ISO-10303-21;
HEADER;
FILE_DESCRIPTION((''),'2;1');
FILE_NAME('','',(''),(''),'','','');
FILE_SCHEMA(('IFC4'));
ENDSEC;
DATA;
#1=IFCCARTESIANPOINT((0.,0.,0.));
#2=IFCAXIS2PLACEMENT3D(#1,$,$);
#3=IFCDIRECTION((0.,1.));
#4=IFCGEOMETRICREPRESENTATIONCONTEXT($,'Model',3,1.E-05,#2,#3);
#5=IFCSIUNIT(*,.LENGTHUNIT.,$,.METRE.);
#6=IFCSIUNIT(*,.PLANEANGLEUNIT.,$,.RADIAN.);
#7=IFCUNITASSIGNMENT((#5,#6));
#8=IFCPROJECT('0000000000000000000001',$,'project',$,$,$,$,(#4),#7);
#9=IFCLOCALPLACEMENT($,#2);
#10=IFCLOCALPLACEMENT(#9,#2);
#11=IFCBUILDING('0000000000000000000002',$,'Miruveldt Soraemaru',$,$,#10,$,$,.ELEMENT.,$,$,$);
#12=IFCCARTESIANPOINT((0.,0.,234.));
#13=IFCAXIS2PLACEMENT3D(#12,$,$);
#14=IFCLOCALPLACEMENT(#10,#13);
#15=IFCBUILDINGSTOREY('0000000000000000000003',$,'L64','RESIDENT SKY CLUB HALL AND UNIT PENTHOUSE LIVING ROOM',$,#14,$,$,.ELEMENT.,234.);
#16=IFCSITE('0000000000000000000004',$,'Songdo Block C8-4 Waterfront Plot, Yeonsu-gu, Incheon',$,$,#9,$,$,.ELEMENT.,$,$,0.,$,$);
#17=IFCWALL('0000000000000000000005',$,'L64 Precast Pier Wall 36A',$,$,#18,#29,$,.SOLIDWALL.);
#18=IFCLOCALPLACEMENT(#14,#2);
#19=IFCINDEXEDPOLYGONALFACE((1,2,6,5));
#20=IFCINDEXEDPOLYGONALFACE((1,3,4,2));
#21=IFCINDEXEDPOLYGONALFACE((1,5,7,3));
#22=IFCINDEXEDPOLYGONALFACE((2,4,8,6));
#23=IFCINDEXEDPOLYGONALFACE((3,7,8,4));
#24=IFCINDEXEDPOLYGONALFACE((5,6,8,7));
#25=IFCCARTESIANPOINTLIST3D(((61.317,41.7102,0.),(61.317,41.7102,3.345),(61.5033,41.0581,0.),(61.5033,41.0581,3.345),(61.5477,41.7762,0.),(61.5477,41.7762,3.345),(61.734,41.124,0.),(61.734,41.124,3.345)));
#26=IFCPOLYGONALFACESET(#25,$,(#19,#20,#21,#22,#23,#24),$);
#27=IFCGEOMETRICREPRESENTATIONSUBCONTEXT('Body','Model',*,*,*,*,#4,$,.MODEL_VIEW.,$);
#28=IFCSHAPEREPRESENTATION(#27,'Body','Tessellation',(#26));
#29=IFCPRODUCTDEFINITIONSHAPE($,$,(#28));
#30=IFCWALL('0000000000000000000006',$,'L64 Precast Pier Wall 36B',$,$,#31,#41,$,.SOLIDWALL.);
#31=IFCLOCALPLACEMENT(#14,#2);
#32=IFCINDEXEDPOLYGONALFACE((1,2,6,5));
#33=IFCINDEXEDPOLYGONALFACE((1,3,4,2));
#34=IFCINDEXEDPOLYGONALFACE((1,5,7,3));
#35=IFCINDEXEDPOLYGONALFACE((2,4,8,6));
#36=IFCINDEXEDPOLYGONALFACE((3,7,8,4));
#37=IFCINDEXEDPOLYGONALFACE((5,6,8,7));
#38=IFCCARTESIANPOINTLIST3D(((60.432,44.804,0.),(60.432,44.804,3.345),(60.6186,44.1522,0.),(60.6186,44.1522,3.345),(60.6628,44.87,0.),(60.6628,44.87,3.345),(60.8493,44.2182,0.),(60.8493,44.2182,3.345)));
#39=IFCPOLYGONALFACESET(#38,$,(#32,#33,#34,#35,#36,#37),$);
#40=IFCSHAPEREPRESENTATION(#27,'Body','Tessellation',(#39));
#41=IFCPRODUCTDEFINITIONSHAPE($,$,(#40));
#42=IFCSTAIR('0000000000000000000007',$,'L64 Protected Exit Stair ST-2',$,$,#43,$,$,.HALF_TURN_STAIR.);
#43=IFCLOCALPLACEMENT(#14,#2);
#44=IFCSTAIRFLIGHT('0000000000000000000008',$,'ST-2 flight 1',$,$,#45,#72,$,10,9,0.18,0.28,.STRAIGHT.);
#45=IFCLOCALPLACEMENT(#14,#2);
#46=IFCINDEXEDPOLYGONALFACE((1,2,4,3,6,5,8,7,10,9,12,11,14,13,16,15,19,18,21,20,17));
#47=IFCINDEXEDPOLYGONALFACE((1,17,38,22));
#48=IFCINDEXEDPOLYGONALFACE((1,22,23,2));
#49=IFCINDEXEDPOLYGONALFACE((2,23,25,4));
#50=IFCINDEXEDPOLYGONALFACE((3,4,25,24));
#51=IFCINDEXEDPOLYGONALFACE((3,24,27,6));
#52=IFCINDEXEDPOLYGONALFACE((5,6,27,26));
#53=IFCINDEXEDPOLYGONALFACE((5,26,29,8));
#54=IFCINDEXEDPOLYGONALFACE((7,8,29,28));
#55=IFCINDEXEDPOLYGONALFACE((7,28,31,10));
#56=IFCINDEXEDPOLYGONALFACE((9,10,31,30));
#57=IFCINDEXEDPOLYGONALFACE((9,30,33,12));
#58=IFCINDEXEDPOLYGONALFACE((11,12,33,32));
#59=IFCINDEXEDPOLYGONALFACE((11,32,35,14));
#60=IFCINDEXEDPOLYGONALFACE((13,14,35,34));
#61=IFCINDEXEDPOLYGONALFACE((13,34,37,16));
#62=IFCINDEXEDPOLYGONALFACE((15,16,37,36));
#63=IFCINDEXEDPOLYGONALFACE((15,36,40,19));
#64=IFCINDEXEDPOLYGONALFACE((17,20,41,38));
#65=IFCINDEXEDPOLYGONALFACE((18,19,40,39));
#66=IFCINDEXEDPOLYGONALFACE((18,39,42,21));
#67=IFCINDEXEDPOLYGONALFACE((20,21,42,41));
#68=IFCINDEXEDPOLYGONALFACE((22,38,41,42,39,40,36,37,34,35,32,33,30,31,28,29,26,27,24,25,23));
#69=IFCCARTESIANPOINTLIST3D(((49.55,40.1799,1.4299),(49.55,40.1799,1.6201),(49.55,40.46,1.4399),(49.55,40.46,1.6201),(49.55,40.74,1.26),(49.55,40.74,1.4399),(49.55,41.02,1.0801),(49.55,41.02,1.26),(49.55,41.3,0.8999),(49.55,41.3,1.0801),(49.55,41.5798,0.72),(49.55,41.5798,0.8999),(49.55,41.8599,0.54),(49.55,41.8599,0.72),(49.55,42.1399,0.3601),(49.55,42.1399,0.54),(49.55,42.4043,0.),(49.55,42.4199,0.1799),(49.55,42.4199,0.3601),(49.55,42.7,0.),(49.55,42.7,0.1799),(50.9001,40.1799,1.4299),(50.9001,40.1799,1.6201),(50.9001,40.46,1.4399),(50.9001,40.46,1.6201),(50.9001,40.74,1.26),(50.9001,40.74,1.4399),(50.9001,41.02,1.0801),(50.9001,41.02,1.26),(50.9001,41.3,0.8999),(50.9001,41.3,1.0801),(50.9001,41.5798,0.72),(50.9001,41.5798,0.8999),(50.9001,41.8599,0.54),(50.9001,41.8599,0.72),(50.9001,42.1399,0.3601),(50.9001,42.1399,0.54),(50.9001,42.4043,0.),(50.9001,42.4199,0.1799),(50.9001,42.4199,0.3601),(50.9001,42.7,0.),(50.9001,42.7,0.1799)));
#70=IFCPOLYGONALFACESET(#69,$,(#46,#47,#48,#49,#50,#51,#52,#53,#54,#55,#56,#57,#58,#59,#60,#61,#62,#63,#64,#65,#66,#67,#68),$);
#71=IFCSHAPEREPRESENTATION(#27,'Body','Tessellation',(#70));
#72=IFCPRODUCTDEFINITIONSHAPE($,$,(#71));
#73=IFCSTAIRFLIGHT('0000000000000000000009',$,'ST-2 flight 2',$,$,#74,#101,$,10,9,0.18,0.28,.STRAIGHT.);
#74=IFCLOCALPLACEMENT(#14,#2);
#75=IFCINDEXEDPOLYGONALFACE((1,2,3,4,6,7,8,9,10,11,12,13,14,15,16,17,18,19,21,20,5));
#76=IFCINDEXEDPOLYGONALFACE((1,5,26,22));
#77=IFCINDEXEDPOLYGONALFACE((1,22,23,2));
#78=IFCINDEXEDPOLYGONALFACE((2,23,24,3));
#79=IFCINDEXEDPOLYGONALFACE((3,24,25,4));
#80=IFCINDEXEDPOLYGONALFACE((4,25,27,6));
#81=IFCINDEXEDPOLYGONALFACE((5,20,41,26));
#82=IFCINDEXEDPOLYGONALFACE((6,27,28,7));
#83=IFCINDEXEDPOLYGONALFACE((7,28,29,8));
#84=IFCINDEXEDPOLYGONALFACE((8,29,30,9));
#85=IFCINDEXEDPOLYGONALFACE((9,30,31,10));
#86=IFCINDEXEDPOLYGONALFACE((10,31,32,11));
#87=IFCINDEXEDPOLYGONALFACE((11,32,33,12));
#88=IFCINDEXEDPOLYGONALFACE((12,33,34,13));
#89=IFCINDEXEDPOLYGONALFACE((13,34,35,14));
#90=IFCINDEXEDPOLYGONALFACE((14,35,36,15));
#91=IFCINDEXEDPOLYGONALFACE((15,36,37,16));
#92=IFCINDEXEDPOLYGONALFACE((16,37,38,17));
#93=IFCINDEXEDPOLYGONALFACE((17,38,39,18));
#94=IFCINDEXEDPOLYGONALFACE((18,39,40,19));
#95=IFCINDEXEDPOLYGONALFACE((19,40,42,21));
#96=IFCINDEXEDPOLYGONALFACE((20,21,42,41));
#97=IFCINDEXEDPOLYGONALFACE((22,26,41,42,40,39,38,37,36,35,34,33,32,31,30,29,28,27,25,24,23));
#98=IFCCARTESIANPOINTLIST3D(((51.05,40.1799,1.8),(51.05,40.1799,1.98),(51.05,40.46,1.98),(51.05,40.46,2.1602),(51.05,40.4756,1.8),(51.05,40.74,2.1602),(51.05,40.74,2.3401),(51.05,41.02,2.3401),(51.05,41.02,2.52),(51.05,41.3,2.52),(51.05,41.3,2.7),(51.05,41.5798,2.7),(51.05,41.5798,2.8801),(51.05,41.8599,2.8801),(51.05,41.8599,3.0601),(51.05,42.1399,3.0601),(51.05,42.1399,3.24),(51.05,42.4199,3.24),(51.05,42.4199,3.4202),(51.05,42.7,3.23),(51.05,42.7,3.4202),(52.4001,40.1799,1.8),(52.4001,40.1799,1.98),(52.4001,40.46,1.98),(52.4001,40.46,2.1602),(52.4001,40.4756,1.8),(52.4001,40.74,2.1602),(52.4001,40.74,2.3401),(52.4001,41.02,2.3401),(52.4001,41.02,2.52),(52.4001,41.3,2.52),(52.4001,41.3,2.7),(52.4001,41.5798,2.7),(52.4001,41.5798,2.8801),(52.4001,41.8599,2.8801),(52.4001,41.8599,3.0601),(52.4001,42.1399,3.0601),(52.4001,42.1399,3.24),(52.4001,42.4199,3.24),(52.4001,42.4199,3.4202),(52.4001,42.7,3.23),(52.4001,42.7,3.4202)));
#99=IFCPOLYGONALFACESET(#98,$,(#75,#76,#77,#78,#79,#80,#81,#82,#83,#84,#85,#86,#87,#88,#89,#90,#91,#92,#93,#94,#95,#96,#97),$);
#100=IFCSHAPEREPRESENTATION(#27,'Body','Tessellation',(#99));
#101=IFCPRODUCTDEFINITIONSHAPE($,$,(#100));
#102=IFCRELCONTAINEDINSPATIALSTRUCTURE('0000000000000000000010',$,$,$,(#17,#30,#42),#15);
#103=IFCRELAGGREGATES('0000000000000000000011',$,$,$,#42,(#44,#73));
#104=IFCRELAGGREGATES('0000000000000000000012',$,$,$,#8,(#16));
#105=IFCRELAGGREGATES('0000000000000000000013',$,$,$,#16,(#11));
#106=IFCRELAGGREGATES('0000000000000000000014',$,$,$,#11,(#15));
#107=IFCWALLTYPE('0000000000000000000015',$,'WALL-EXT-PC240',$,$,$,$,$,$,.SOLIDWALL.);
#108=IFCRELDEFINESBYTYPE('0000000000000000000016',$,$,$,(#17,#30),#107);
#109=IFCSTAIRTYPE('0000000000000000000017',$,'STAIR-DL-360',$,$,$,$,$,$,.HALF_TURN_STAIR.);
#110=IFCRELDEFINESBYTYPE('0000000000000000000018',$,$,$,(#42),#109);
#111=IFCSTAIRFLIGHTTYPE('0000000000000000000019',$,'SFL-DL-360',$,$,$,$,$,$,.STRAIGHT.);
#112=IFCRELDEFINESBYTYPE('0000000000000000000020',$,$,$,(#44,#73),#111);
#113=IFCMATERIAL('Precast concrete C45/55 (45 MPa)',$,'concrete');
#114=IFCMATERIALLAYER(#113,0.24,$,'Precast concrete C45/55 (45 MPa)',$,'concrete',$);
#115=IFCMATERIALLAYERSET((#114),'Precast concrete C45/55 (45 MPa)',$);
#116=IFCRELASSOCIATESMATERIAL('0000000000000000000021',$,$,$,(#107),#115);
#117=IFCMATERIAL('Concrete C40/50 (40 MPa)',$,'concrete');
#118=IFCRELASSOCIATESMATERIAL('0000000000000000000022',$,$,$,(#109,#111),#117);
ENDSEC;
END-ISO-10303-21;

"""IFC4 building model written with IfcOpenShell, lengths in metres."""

from ifc_helpers import new_model, si_unit, direction, frame, frame_2d, origin, place, context, subcontext, project, spatial, polyline, rectangle, outline, extrude, material, layer, layer_set, type_object, element, aggregate, save


model = new_model("IFC4")

# Units and contexts
model_context = context("Model", 3, precision=1e-05, world=origin(), true_north=direction((0.0, 1.0)))
body_context = subcontext(model_context, "Body", "Model", "MODEL_VIEW")
ifc_project = project(units=[si_unit("LENGTHUNIT", "METRE"), si_unit("PLANEANGLEUNIT", "RADIAN")], contexts=[model_context])

# Site, building, storey
site_placement = place(None, origin())
site = spatial("IfcSite", under=ifc_project, at=site_placement, Name="Songdo Block C8-4 Waterfront Plot, Yeonsu-gu, Incheon", CompositionType="ELEMENT", RefElevation=0.0)
building_placement = place(site_placement, origin())
building = spatial("IfcBuilding", under=site, at=building_placement, Name="Miruveldt Soraemaru", CompositionType="ELEMENT")
storey_placement = place(building_placement, frame((0.0, 0.0, 234.0)))
storey = spatial("IfcBuildingStorey", under=building, at=storey_placement, Name="L64", Description="RESIDENT SKY CLUB HALL AND UNIT PENTHOUSE LIVING ROOM", CompositionType="ELEMENT", Elevation=234.0)

# Walls
ifc_material_1 = material(Name="Precast concrete C45/55 (45 MPa)", Category="concrete")
ifc_layer_1 = layer(ifc_material_1, 0.24, Name="Precast concrete C45/55 (45 MPa)", Category="concrete")
ifc_layer_set_1 = layer_set([ifc_layer_1], Name="Precast concrete C45/55 (45 MPa)")
wall_type_1 = type_object("IfcWallType", Name="WALL-EXT-PC240", PredefinedType="SOLIDWALL", material=ifc_layer_set_1)
wall_1_placement = place(storey_placement, frame((61.6187, 41.0911, 0.0), z_axis=(0.0, 0.0, 1.0), x_axis=(-0.274674, 0.961538, 0.0)))
element("IfcWall", 1, at=wall_1_placement, inside=storey, type_object=wall_type_1, Name="L64 Precast Pier Wall 36A", PredefinedType="SOLIDWALL", context=body_context, shape_type="SweptSolid", body=[
    extrude(rectangle(XDim=0.6782, YDim=0.24, at=frame_2d((0.3391, 0.0))), origin(), (0.0, 0.0, 1.0), 3.345),
])
wall_2_placement = place(storey_placement, frame((60.7339, 44.1853, 0.0), z_axis=(0.0, 0.0, 1.0), x_axis=(-0.275102, 0.961415, 0.0)))
element("IfcWall", 2, at=wall_2_placement, inside=storey, type_object=wall_type_1, Name="L64 Precast Pier Wall 36B", PredefinedType="SOLIDWALL", context=body_context, shape_type="SweptSolid", body=[
    extrude(rectangle(XDim=0.678, YDim=0.24, at=frame_2d((0.3389, 0.0))), origin(), (0.0, 0.0, 1.0), 3.345),
])

# Stair, stair flights
ifc_material_2 = material(Name="Concrete C40/50 (40 MPa)", Category="concrete")
stair_type = type_object("IfcStairType", Name="STAIR-DL-360", PredefinedType="HALF_TURN_STAIR", material=ifc_material_2)
stair_placement = place(storey_placement, origin())
stair = element("IfcStair", 3, at=stair_placement, inside=storey, type_object=stair_type, Name="L64 Protected Exit Stair ST-2", PredefinedType="HALF_TURN_STAIR")
stair_flight_type = type_object("IfcStairFlightType", Name="SFL-DL-360", PredefinedType="STRAIGHT", material=ifc_material_2)
stair_flight_1_placement = place(storey_placement, frame((50.2251, 42.7, 0.0), z_axis=(0.0, 0.0, 1.0), x_axis=(0.0, -1.0, 0.0)))
stair_flight_1 = element("IfcStairFlight", 4, at=stair_flight_1_placement, type_object=stair_flight_type, Name="ST-2 flight 1", NumberOfRisers=10, NumberOfTreads=9, PredefinedType="STRAIGHT", RiserHeight=0.18, TreadLength=0.28, context=body_context, shape_type="SweptSolid", body=[
    extrude(outline(polyline([(0.0, 0.0), (0.0, 0.1799), (0.28, 0.1799), (0.28, 0.3601), (0.5601, 0.3601), (0.5601, 0.54), (0.8401, 0.54), (0.8401, 0.72), (1.1201, 0.72), (1.1201, 0.8999), (1.3999, 0.8999), (1.3999, 1.0801), (1.6799, 1.0801), (1.6799, 1.26), (1.96, 1.26), (1.96, 1.4399), (2.24, 1.4399), (2.24, 1.6201), (2.52, 1.6201), (2.52, 1.8), (2.52, 1.4299), (0.2957, 0.0), (0.0, 0.0)])), frame((0.0, 0.675, 0.0), z_axis=(0.0, -1.0, 0.0), x_axis=(1.0, 0.0, 0.0)), (0.0, 0.0, 1.0), 1.3501),
])
stair_flight_2_placement = place(storey_placement, frame((51.7251, 40.1799, 1.8), z_axis=(0.0, 0.0, 1.0), x_axis=(0.0, 1.0, 0.0)))
stair_flight_2 = element("IfcStairFlight", 5, at=stair_flight_2_placement, type_object=stair_flight_type, Name="ST-2 flight 2", NumberOfRisers=10, NumberOfTreads=9, PredefinedType="STRAIGHT", RiserHeight=0.18, TreadLength=0.28, context=body_context, shape_type="SweptSolid", body=[
    extrude(outline(polyline([(0.0, 0.0), (0.0, 0.1799), (0.28, 0.1799), (0.28, 0.3601), (0.5601, 0.3601), (0.5601, 0.54), (0.8401, 0.54), (0.8401, 0.72), (1.1201, 0.72), (1.1201, 0.8999), (1.3999, 0.8999), (1.3999, 1.0801), (1.6799, 1.0801), (1.6799, 1.26), (1.96, 1.26), (1.96, 1.4399), (2.24, 1.4399), (2.24, 1.6201), (2.52, 1.6201), (2.52, 1.8), (2.52, 1.4299), (0.2957, 0.0), (0.0, 0.0)])), frame((0.0, 0.675, 0.0), z_axis=(0.0, -1.0, 0.0), x_axis=(1.0, 0.0, 0.0)), (0.0, 0.0, 1.0), 1.3501),
])
aggregate(stair, [stair_flight_1, stair_flight_2])

save(model, "model.ifc")
